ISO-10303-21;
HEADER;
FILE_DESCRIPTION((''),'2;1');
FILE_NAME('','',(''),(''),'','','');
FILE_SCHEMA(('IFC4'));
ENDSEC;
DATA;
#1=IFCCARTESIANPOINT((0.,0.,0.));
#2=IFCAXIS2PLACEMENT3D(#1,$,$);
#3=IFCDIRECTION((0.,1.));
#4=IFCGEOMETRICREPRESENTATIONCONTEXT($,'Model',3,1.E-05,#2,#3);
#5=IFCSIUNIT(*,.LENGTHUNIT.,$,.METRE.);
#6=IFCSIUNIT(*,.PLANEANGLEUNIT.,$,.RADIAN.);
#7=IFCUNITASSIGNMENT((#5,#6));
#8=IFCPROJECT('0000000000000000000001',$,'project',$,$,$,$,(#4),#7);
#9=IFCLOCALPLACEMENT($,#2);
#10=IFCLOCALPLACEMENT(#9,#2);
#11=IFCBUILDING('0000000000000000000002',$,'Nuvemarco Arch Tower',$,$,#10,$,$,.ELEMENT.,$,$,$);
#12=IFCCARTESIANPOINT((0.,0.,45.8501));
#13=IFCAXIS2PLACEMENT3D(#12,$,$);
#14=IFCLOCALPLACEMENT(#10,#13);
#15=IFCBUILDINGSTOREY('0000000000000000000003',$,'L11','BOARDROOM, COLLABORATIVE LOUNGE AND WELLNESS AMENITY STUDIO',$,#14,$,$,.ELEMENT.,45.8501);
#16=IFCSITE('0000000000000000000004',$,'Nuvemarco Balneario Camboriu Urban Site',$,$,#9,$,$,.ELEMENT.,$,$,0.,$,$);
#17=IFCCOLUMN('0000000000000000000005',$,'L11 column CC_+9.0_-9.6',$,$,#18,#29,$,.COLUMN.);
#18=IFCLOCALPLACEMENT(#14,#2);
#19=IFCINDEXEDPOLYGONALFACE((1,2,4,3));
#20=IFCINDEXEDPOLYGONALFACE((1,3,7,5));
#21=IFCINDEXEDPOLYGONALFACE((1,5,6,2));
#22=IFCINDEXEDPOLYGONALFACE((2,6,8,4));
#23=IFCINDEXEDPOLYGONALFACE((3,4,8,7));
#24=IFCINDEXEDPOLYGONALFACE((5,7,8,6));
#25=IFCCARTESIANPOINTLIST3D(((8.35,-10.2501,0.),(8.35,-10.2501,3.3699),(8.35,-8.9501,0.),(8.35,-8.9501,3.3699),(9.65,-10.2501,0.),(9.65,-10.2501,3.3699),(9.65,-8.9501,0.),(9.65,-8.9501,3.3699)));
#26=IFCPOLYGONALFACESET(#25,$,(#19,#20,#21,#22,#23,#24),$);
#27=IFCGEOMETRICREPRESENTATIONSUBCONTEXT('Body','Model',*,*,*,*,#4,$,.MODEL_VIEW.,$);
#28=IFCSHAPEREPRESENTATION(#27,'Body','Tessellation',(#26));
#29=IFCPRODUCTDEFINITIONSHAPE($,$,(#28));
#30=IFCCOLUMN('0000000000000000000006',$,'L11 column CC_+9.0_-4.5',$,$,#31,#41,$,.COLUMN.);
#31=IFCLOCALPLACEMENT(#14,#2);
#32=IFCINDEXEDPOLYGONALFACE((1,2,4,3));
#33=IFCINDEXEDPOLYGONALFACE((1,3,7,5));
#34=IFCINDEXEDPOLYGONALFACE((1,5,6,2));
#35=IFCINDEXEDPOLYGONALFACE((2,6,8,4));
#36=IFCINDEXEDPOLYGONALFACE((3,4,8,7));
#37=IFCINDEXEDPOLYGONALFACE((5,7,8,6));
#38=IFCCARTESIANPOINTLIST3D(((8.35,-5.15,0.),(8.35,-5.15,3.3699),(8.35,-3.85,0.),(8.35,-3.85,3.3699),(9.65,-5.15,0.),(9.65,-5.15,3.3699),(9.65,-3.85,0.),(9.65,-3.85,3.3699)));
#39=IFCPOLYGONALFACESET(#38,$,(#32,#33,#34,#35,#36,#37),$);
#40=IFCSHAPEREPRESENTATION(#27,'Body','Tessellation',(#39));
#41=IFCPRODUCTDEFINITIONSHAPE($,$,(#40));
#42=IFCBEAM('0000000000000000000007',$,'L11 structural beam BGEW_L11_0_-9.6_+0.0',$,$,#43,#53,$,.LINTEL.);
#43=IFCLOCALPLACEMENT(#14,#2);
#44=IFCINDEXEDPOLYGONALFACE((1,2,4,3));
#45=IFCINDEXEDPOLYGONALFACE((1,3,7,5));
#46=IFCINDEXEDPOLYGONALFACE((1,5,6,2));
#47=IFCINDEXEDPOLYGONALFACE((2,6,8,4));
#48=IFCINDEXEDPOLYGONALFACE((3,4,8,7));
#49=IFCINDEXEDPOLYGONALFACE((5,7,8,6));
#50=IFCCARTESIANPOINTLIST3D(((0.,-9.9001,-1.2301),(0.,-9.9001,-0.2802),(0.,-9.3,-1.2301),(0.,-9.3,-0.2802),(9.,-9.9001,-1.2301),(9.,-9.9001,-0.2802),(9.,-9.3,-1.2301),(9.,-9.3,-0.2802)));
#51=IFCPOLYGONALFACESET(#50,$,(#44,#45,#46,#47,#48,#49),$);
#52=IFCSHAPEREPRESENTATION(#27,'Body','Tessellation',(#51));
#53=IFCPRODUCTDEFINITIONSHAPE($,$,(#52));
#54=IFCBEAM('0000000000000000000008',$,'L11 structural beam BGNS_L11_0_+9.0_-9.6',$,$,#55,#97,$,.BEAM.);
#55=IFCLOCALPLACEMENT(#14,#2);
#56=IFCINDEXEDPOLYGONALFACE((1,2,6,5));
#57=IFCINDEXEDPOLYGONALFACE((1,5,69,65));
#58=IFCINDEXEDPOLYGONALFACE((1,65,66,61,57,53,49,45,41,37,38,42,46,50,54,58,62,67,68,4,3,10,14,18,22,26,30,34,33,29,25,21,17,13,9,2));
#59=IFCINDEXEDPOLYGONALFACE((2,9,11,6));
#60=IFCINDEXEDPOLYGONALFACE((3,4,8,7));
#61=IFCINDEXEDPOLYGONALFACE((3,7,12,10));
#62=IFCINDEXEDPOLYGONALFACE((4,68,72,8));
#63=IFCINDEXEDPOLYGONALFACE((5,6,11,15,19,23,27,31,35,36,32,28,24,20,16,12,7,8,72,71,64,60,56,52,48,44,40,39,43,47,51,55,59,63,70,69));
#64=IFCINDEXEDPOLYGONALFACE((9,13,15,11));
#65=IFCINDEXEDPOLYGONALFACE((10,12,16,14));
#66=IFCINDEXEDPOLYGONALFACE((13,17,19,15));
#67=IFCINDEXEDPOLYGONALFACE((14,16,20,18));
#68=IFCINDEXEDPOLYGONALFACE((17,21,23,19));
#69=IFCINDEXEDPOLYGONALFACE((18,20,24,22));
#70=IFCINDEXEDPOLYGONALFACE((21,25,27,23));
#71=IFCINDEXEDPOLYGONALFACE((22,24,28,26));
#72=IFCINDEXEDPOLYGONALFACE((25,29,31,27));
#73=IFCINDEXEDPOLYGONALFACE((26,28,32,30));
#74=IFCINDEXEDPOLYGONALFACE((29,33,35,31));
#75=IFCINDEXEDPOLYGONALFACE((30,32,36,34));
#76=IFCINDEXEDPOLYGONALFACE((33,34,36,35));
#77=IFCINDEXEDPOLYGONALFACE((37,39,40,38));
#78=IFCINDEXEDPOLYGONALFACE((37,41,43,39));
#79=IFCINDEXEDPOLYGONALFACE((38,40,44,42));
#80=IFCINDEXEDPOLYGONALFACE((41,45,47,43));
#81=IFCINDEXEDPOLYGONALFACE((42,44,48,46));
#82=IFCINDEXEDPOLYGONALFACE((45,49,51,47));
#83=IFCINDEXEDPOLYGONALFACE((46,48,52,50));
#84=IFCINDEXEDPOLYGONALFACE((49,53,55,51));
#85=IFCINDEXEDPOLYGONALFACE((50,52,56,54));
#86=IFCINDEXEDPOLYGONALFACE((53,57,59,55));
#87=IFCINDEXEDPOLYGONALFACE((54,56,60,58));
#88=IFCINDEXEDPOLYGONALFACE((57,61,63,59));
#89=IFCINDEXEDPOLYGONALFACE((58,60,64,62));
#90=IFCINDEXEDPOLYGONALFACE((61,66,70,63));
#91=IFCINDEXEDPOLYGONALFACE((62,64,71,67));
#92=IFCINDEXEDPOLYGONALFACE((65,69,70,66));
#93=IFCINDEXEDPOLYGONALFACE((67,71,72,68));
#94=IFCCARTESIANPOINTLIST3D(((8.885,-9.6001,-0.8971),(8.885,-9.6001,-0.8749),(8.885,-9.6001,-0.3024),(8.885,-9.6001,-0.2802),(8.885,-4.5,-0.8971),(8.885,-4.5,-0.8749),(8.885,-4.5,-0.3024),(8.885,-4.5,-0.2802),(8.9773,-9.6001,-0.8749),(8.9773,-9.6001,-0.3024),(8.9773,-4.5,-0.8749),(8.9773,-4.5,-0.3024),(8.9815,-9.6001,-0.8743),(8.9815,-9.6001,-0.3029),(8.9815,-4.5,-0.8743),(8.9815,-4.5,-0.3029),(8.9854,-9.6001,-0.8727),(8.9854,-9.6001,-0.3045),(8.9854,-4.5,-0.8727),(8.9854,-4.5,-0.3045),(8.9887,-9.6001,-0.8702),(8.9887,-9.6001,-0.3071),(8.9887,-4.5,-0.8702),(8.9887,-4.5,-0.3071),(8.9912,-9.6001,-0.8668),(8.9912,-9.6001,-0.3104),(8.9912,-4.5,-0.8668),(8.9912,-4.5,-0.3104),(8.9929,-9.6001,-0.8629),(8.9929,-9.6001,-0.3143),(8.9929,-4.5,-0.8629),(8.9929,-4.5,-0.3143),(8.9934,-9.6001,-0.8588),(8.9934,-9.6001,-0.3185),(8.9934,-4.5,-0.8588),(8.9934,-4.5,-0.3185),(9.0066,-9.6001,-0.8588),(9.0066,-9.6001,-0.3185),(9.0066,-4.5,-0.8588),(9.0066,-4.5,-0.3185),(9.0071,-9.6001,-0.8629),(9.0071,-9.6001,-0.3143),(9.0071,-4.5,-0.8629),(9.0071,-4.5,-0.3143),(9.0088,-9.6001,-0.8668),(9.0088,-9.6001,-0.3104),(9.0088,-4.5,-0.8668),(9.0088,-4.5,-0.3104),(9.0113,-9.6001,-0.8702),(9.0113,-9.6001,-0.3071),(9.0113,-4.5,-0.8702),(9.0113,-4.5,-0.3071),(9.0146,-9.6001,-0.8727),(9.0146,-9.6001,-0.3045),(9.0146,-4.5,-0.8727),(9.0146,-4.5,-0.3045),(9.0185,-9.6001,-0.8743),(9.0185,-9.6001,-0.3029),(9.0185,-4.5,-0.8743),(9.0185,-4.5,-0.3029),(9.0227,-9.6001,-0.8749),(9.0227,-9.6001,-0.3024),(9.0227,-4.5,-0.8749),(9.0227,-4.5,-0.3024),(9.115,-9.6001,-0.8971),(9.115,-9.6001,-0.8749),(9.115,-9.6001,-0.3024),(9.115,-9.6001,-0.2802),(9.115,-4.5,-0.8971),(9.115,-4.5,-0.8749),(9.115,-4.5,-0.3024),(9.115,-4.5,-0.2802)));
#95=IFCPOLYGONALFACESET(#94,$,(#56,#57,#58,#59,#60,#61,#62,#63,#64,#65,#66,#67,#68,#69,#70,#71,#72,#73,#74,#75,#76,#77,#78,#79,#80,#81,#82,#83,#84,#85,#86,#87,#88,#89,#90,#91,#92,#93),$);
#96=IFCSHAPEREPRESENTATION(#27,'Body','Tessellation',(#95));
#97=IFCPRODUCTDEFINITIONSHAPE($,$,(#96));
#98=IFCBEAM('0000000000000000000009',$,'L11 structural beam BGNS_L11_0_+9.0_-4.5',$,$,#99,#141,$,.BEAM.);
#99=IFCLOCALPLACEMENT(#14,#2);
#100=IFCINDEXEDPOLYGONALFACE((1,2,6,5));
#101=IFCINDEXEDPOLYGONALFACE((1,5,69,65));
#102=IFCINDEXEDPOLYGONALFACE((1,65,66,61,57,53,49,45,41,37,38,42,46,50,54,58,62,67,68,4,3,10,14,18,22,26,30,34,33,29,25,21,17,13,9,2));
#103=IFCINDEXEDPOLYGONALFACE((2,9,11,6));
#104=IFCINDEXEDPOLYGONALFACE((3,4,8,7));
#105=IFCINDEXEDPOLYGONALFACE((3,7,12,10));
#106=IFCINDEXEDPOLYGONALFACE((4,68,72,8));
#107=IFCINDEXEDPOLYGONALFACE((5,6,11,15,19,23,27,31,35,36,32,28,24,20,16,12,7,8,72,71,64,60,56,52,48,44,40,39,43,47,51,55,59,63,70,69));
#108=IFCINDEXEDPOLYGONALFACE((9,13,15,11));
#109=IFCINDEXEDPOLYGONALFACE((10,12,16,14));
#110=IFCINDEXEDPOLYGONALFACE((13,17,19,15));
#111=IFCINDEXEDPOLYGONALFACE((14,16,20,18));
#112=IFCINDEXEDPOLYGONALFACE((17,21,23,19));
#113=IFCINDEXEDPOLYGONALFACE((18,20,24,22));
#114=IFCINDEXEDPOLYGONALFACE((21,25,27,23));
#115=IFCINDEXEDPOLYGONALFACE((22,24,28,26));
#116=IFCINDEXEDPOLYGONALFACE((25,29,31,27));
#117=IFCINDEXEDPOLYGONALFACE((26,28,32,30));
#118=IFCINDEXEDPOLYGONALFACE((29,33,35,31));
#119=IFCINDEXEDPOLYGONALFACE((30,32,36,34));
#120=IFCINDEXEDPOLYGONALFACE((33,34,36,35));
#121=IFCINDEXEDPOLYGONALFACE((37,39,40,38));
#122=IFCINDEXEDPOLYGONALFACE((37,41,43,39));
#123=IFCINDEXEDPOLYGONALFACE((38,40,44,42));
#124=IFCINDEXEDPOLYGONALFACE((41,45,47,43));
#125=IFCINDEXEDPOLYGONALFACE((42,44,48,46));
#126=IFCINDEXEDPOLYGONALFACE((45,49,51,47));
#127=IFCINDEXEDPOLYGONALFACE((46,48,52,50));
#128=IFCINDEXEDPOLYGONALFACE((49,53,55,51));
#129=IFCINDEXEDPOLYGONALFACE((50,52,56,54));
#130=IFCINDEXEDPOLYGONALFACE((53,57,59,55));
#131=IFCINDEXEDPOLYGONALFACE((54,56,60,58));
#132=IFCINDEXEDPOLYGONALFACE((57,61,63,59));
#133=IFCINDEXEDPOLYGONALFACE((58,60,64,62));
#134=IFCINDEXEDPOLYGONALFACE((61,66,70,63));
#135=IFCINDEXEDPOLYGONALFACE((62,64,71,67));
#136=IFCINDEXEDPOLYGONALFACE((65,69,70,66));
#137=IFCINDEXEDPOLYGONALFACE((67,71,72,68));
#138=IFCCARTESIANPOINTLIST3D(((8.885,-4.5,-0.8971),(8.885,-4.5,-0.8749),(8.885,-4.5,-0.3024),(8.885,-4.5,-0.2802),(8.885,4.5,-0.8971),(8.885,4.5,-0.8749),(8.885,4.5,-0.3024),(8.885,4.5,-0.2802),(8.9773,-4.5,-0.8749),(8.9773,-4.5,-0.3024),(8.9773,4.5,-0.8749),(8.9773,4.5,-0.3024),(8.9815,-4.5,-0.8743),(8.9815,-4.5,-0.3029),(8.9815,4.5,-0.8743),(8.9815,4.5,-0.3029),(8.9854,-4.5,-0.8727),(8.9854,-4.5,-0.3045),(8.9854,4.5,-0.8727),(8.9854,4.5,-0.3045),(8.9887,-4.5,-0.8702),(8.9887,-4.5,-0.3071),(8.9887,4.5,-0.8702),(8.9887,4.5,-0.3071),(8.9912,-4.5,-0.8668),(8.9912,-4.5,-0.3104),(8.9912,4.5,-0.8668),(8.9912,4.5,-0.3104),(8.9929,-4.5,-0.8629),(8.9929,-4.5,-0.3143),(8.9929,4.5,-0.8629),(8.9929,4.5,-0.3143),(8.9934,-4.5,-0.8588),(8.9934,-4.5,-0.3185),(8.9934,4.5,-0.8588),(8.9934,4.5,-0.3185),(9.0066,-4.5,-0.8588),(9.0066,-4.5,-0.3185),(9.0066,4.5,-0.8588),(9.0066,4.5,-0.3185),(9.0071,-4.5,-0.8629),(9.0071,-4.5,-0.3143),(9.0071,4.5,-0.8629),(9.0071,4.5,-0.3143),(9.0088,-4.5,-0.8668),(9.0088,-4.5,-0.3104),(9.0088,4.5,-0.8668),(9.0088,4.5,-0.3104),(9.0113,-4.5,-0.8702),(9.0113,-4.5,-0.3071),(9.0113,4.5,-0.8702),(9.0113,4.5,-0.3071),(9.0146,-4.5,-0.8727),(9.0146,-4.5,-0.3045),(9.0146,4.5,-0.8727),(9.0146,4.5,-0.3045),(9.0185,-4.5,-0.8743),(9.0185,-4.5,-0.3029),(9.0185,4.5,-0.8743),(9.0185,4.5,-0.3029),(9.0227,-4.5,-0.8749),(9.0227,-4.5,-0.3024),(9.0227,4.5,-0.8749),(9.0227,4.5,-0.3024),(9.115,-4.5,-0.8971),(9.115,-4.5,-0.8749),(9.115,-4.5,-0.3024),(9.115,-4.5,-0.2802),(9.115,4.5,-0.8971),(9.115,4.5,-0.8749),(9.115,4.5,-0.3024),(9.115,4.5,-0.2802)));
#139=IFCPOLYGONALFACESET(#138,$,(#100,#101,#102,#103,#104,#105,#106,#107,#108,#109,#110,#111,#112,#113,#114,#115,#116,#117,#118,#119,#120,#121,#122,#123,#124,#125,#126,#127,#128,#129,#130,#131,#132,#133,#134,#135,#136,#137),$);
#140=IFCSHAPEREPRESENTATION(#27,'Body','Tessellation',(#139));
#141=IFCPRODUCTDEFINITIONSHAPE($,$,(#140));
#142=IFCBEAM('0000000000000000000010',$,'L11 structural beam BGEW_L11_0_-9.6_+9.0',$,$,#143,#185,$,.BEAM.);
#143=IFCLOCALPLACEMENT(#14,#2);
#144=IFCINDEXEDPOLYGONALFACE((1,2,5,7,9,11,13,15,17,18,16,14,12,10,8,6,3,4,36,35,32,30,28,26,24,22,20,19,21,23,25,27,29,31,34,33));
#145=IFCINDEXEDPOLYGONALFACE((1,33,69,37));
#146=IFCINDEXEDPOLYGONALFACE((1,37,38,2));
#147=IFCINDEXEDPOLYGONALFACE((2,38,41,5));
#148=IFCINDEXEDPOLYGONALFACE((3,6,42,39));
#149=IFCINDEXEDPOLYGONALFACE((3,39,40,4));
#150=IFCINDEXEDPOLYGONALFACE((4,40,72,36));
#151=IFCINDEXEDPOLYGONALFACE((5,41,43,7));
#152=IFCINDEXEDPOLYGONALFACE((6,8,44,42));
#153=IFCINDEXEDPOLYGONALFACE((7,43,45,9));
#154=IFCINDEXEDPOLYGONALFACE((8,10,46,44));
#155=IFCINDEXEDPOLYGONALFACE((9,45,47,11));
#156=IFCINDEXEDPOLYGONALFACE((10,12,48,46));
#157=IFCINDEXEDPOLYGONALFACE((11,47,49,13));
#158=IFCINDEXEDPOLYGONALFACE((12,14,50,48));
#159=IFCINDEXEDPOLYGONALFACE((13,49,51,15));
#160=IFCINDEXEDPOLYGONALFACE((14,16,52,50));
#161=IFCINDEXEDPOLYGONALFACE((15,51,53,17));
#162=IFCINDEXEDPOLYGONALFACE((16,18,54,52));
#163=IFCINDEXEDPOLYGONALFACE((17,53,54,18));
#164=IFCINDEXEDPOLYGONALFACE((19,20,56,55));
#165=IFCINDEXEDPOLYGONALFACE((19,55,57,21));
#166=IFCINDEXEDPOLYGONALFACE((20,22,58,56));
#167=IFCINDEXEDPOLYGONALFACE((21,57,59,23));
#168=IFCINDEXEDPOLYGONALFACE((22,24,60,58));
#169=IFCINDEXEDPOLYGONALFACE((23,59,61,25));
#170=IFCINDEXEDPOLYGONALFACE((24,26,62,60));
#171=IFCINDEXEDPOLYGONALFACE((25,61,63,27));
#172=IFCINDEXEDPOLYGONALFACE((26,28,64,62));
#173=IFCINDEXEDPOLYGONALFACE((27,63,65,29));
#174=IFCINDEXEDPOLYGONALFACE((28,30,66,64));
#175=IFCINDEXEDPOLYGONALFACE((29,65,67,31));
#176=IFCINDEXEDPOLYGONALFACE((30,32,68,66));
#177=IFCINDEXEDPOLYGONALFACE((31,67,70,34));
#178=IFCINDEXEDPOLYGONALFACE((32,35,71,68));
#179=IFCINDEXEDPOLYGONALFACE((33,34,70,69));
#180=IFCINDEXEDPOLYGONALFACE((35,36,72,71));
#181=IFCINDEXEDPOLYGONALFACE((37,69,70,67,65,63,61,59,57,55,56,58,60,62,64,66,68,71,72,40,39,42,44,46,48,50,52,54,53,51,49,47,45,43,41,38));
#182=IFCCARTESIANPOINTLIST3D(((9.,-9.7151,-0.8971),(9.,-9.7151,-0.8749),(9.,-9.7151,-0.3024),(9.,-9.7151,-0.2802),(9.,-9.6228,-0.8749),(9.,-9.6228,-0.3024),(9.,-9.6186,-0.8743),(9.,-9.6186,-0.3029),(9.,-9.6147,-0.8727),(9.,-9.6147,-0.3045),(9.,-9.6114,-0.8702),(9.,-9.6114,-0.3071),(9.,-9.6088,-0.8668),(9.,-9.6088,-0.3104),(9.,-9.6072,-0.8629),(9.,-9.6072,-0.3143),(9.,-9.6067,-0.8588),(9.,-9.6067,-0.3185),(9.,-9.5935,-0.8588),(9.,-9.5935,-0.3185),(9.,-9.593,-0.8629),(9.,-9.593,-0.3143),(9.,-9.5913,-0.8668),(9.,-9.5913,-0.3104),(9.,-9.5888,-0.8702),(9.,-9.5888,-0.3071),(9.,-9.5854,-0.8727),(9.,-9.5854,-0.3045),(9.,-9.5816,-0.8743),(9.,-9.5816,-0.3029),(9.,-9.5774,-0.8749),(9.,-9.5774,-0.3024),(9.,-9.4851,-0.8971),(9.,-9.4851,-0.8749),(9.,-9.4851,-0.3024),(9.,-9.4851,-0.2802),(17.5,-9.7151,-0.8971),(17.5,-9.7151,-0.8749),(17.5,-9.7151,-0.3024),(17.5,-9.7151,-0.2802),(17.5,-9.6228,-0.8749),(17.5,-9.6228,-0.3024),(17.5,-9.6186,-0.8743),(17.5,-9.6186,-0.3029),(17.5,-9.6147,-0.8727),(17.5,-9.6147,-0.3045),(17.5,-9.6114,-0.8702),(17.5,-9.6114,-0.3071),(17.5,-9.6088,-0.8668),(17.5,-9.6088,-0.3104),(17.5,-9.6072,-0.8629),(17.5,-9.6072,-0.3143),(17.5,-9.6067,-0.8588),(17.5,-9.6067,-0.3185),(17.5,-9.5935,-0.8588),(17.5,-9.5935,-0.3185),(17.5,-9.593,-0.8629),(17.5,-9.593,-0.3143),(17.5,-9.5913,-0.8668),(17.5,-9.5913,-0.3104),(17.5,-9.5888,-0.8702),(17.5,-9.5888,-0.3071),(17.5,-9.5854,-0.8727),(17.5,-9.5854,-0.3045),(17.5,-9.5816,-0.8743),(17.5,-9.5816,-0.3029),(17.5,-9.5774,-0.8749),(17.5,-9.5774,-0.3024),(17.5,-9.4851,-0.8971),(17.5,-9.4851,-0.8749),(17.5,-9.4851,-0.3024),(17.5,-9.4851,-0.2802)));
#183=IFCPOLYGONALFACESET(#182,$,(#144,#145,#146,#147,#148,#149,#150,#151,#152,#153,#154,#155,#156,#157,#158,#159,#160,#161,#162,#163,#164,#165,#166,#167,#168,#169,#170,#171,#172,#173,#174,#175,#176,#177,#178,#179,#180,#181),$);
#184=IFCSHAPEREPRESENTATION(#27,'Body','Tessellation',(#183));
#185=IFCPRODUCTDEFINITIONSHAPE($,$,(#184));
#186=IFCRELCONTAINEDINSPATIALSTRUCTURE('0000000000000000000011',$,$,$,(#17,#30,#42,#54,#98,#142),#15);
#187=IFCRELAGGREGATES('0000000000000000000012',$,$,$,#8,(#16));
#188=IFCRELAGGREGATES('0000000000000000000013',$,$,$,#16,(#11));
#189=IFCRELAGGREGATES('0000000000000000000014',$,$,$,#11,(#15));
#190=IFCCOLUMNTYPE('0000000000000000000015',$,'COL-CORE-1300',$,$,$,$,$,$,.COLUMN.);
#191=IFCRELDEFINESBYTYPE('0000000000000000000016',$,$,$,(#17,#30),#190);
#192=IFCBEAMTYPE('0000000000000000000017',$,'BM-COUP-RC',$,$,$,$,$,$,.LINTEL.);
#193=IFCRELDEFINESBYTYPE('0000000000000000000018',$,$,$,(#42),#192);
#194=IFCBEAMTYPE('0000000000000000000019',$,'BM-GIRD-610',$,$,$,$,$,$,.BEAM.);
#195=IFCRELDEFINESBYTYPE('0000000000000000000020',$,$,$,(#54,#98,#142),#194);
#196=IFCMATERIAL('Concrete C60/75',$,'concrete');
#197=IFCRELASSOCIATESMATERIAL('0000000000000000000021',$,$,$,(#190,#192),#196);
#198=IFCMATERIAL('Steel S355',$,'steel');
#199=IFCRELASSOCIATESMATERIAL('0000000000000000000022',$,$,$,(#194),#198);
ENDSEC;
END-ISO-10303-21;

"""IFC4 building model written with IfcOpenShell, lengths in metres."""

from ifc_helpers import new_model, si_unit, direction, frame, origin, origin_2d, place, context, subcontext, project, spatial, rectangle, i_section, extrude, material, material_profile, profile_set, type_object, element, save


model = new_model("IFC4")

# Units and contexts
model_context = context("Model", 3, precision=1e-05, world=origin(), true_north=direction((0.0, 1.0)))
body_context = subcontext(model_context, "Body", "Model", "MODEL_VIEW")
ifc_project = project(units=[si_unit("LENGTHUNIT", "METRE"), si_unit("PLANEANGLEUNIT", "RADIAN")], contexts=[model_context])

# Site, building, storey
site_placement = place(None, origin())
site = spatial("IfcSite", under=ifc_project, at=site_placement, Name="Nuvemarco Balneario Camboriu Urban Site", CompositionType="ELEMENT", RefElevation=0.0)
building_placement = place(site_placement, origin())
building = spatial("IfcBuilding", under=site, at=building_placement, Name="Nuvemarco Arch Tower", CompositionType="ELEMENT")
storey_placement = place(building_placement, frame((0.0, 0.0, 45.8501)))
storey = spatial("IfcBuildingStorey", under=building, at=storey_placement, Name="L11", Description="BOARDROOM, COLLABORATIVE LOUNGE AND WELLNESS AMENITY STUDIO", CompositionType="ELEMENT", Elevation=45.8501)

# Columns
ifc_material_1 = material(Name="Concrete C60/75", Category="concrete")
ifc_material_profile_1 = material_profile(ifc_material_1, rectangle(XDim=1.3, YDim=1.3, at=origin_2d()), Name="RC-COL-1300x1300")
ifc_profile_set_1 = profile_set([ifc_material_profile_1], Name="Concrete C60/75")
column_type = type_object("IfcColumnType", Name="COL-CORE-1300", PredefinedType="COLUMN", material=ifc_profile_set_1)
for number, where, z_axis, x_axis, name in (
    (1, (9.0, -9.6001, 0.0), (0.0, 0.0, 1.0), (1.0, 0.0, 0.0), "L11 column CC_+9.0_-9.6"),
    (2, (9.0, -4.5, 0.0), (0.0, 0.0, 1.0), (1.0, 0.0, 0.0), "L11 column CC_+9.0_-4.5"),
):
    element("IfcColumn", number, at=place(storey_placement, frame(where, z_axis=z_axis, x_axis=x_axis)), inside=storey, type_object=column_type, Name=name, PredefinedType="COLUMN", context=body_context, shape_type="SweptSolid", body=[
        extrude(rectangle(XDim=1.3, YDim=1.3, at=origin_2d()), origin(), (0.0, 0.0, 1.0), 3.3699),
    ])

# Beams
ifc_material_profile_2 = material_profile(ifc_material_1, rectangle(XDim=0.6001, YDim=0.95, at=origin_2d()), Name="RC-BM-600x950")
ifc_profile_set_2 = profile_set([ifc_material_profile_2], Name="Concrete C60/75")
beam_type_1 = type_object("IfcBeamType", Name="BM-COUP-RC", PredefinedType="LINTEL", material=ifc_profile_set_2)
beam_1_placement = place(storey_placement, frame((0.0, -9.6001, -0.7551), z_axis=(1.0, 0.0, 0.0), x_axis=(0.0, 1.0, 0.0)))
element("IfcBeam", 3, at=beam_1_placement, inside=storey, type_object=beam_type_1, Name="L11 structural beam BGEW_L11_0_-9.6_+0.0", PredefinedType="LINTEL", context=body_context, shape_type="SweptSolid", body=[
    extrude(rectangle(XDim=0.6001, YDim=0.95, at=origin_2d()), origin(), (0.0, 0.0, 1.0), 9.0),
])
ifc_material_2 = material(Name="Steel S355", Category="steel")
ifc_material_profile_3 = material_profile(ifc_material_2, i_section(OverallWidth=0.23, OverallDepth=0.6169, WebThickness=0.0132, FlangeThickness=0.0222, FilletRadius=0.0161, at=origin_2d()), Name="W610x140")
ifc_profile_set_3 = profile_set([ifc_material_profile_3], Name="Steel S355")
beam_type_2 = type_object("IfcBeamType", Name="BM-GIRD-610", PredefinedType="BEAM", material=ifc_profile_set_3)
beam_2_placement = place(storey_placement, frame((9.0, -9.6001, -0.5886), z_axis=(0.0, 1.0, 0.0), x_axis=(-1.0, 0.0, 0.0)))
element("IfcBeam", 4, at=beam_2_placement, inside=storey, type_object=beam_type_2, Name="L11 structural beam BGNS_L11_0_+9.0_-9.6", PredefinedType="BEAM", context=body_context, shape_type="SweptSolid", body=[
    extrude(i_section(OverallWidth=0.23, OverallDepth=0.6169, WebThickness=0.0132, FlangeThickness=0.0222, FilletRadius=0.0161, at=origin_2d()), origin(), (0.0, 0.0, 1.0), 5.1001),
])
beam_3_placement = place(storey_placement, frame((9.0, -4.5, -0.5886), z_axis=(0.0, 1.0, 0.0), x_axis=(-1.0, 0.0, 0.0)))
element("IfcBeam", 5, at=beam_3_placement, inside=storey, type_object=beam_type_2, Name="L11 structural beam BGNS_L11_0_+9.0_-4.5", PredefinedType="BEAM", context=body_context, shape_type="SweptSolid", body=[
    extrude(i_section(OverallWidth=0.23, OverallDepth=0.6169, WebThickness=0.0132, FlangeThickness=0.0222, FilletRadius=0.0161, at=origin_2d()), origin(), (0.0, 0.0, 1.0), 9.0),
])
beam_4_placement = place(storey_placement, frame((9.0, -9.6001, -0.5886), z_axis=(1.0, 0.0, 0.0), x_axis=(0.0, 1.0, 0.0)))
element("IfcBeam", 6, at=beam_4_placement, inside=storey, type_object=beam_type_2, Name="L11 structural beam BGEW_L11_0_-9.6_+9.0", PredefinedType="BEAM", context=body_context, shape_type="SweptSolid", body=[
    extrude(i_section(OverallWidth=0.23, OverallDepth=0.6169, WebThickness=0.0132, FlangeThickness=0.0222, FilletRadius=0.0161, at=origin_2d()), origin(), (0.0, 0.0, 1.0), 8.5),
])

save(model, "model.ifc")
